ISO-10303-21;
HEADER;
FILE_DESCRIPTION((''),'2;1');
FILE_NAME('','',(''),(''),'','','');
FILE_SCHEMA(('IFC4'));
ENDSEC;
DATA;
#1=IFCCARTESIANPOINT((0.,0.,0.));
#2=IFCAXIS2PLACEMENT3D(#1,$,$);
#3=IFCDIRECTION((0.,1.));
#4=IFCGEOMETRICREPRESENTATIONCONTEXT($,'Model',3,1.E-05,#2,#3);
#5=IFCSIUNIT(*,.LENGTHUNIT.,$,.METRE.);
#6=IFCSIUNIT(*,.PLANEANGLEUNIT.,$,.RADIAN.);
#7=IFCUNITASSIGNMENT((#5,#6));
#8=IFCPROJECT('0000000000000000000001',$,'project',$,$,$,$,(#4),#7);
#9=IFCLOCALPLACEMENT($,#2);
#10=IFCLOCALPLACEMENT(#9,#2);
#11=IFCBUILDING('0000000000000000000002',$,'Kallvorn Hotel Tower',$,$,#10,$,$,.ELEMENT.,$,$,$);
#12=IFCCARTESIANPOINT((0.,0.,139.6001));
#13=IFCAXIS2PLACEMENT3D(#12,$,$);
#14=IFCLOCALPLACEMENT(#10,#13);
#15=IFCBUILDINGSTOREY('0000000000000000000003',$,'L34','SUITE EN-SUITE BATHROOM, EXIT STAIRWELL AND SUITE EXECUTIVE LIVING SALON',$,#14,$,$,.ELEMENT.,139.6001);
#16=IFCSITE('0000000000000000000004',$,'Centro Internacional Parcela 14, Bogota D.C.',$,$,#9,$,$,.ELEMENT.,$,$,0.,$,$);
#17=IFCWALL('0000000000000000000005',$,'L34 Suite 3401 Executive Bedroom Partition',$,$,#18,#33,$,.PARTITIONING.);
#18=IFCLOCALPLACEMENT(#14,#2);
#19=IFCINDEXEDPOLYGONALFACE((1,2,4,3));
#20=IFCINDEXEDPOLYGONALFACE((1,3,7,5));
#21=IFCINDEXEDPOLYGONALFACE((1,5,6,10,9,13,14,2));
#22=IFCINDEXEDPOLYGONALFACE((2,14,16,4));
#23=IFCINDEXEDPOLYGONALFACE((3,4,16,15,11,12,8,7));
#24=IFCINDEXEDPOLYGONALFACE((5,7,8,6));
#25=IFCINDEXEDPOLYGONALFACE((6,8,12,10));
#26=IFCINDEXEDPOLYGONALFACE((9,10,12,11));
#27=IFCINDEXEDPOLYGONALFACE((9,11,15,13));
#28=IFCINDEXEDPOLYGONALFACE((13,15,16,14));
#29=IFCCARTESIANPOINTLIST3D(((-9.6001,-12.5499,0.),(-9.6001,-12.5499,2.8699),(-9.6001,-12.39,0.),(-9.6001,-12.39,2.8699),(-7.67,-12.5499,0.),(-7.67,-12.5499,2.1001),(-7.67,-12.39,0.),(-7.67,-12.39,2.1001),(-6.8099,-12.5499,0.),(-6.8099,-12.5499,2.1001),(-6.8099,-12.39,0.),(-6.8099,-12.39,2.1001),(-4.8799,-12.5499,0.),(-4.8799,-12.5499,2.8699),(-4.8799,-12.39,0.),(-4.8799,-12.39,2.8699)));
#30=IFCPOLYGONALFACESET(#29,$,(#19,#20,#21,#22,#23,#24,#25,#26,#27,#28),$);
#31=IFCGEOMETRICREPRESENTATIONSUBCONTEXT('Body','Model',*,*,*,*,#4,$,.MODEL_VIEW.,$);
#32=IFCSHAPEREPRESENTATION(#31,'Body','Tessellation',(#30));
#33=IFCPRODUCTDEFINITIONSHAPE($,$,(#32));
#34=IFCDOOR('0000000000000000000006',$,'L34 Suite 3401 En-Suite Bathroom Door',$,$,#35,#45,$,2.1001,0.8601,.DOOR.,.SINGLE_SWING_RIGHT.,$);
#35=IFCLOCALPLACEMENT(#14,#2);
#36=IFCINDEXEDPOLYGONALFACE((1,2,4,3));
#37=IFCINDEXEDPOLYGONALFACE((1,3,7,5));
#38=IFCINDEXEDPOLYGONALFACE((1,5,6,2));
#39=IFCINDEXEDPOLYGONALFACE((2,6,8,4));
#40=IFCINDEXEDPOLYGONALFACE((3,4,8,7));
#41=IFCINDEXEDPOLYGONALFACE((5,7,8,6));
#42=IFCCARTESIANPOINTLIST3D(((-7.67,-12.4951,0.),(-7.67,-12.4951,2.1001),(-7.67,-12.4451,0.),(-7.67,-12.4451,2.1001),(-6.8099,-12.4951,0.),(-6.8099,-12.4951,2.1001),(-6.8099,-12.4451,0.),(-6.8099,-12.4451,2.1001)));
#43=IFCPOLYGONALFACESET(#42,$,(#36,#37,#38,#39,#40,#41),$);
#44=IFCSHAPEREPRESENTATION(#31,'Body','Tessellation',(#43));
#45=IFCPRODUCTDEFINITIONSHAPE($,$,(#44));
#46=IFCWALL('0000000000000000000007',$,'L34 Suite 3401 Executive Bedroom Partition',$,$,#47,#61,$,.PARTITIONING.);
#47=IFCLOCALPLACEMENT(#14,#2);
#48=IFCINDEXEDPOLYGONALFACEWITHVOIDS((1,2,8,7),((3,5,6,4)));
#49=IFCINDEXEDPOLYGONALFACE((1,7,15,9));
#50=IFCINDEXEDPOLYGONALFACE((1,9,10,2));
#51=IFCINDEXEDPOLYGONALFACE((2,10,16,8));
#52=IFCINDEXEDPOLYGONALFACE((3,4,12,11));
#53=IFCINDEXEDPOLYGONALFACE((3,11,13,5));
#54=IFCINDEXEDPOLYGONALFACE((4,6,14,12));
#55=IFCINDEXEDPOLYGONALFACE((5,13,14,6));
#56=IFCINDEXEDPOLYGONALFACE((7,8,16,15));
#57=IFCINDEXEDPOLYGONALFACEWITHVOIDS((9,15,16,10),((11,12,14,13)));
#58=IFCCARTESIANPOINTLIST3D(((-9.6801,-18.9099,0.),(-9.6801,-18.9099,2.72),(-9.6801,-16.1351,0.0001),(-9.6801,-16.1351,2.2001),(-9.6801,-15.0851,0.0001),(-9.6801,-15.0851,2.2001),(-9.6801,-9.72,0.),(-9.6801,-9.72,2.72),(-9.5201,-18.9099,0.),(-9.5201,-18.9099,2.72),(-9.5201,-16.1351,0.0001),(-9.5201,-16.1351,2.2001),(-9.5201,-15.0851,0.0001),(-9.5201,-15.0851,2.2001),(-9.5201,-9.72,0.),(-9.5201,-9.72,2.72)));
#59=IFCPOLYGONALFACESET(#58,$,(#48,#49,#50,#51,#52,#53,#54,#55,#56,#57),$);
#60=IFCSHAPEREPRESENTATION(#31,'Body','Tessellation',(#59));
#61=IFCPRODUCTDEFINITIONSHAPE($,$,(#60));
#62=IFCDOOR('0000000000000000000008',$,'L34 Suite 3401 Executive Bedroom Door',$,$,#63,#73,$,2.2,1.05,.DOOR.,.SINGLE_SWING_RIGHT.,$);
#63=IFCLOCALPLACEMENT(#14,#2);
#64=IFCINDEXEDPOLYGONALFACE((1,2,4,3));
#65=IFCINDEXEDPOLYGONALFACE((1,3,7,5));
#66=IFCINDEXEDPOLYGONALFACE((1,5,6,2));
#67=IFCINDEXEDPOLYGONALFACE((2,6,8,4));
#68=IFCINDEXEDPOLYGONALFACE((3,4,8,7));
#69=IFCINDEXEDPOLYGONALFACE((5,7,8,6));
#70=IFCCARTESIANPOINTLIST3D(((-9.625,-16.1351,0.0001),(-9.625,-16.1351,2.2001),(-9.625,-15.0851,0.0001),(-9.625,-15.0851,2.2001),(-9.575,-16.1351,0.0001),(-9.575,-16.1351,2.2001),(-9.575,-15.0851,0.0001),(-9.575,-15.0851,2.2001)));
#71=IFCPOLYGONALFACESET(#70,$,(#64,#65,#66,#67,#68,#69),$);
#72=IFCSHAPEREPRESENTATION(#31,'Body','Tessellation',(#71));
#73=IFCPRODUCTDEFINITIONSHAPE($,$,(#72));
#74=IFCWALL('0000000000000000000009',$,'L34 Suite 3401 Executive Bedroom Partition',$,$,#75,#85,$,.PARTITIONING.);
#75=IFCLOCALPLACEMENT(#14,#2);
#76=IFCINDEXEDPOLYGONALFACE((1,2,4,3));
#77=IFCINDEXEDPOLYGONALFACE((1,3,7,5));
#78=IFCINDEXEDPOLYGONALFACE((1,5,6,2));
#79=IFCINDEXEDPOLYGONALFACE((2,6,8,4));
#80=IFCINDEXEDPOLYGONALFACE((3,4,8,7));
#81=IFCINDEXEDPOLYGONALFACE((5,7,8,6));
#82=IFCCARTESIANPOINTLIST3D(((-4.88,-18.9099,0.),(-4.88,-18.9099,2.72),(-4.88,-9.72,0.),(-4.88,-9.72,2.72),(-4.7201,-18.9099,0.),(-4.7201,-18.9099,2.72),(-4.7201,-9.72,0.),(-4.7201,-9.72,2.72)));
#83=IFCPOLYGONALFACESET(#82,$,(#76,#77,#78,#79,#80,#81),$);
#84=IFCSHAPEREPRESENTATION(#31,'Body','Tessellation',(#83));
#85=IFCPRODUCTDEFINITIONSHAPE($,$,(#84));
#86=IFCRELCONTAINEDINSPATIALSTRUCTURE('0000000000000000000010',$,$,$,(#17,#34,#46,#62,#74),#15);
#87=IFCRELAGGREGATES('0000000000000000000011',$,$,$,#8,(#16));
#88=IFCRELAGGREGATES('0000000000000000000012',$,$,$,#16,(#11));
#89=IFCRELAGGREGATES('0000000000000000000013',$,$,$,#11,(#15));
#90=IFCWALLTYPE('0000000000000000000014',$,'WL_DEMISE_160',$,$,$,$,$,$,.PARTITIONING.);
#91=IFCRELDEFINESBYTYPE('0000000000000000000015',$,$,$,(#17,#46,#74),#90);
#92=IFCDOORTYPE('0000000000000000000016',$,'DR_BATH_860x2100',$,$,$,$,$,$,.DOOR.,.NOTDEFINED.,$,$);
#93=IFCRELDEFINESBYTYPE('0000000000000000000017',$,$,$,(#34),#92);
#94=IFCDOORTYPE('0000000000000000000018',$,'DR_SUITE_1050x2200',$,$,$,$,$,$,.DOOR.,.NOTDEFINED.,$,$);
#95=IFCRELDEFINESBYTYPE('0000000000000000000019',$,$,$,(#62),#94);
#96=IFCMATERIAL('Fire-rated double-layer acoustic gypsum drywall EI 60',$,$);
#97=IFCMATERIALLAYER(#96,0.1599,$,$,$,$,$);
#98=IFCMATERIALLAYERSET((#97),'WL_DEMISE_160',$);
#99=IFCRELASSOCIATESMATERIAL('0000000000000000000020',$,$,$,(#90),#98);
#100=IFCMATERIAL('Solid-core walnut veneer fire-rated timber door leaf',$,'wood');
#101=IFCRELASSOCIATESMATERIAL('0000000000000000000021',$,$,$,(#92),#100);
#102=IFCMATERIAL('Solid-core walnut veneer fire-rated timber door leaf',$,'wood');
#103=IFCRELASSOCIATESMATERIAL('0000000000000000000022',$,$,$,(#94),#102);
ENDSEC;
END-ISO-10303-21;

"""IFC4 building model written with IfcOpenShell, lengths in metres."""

from ifc_helpers import new_model, si_unit, direction, frame, frame_2d, origin, place, context, subcontext, project, spatial, rectangle, extrude, material, layer, layer_set, type_object, element, fill, save


model = new_model("IFC4")

# Units and contexts
model_context = context("Model", 3, precision=1e-05, world=origin(), true_north=direction((0.0, 1.0)))
body_context = subcontext(model_context, "Body", "Model", "MODEL_VIEW")
ifc_project = project(units=[si_unit("LENGTHUNIT", "METRE"), si_unit("PLANEANGLEUNIT", "RADIAN")], contexts=[model_context])

# Site, building, storey
site_placement = place(None, origin())
site = spatial("IfcSite", under=ifc_project, at=site_placement, Name="Centro Internacional Parcela 14, Bogota D.C.", CompositionType="ELEMENT", RefElevation=0.0)
building_placement = place(site_placement, origin())
building = spatial("IfcBuilding", under=site, at=building_placement, Name="Kallvorn Hotel Tower", CompositionType="ELEMENT")
storey_placement = place(building_placement, frame((0.0, 0.0, 139.6001)))
storey = spatial("IfcBuildingStorey", under=building, at=storey_placement, Name="L34", Description="SUITE EN-SUITE BATHROOM, EXIT STAIRWELL AND SUITE EXECUTIVE LIVING SALON", CompositionType="ELEMENT", Elevation=139.6001)

# Walls, openings, doors
ifc_material_1 = material(Name="Fire-rated double-layer acoustic gypsum drywall EI 60")
ifc_layer_1 = layer(ifc_material_1, 0.1599)
ifc_layer_set_1 = layer_set([ifc_layer_1], Name="WL_DEMISE_160")
wall_type = type_object("IfcWallType", Name="WL_DEMISE_160", PredefinedType="PARTITIONING", material=ifc_layer_set_1)
wall_1_placement = place(storey_placement, frame((-9.6001, -12.47, 0.0), z_axis=(0.0, 0.0, 1.0), x_axis=(1.0, 0.0, 0.0)))
wall_1 = element("IfcWall", 1, at=wall_1_placement, inside=storey, type_object=wall_type, Name="L34 Suite 3401 Executive Bedroom Partition", PredefinedType="PARTITIONING", context=body_context, shape_type="SweptSolid", body=[
    extrude(rectangle(XDim=4.7202, YDim=0.1599, at=frame_2d((2.3601, 0.0))), origin(), (0.0, 0.0, 1.0), 2.8699),
])
opening_1_placement = place(wall_1_placement, frame((1.9299, 0.0, 0.0)))
opening_1 = element("IfcOpeningElement", 2, at=opening_1_placement, cuts=wall_1, PredefinedType="OPENING", context=body_context, shape_type="SweptSolid", body=[
    extrude(rectangle(XDim=0.8601, YDim=2.1001, at=frame_2d((0.4302, 1.05))), frame((0.0, 0.095, 0.0), z_axis=(0.0, -1.0, 0.0), x_axis=(1.0, 0.0, 0.0)), (0.0, 0.0, 1.0), 0.1899),
])
ifc_material_2 = material(Name="Solid-core walnut veneer fire-rated timber door leaf", Category="wood")
door_type_1 = type_object("IfcDoorType", Name="DR_BATH_860x2100", OperationType="NOTDEFINED", PredefinedType="DOOR", material=ifc_material_2)
door_1_placement = place(opening_1_placement, origin())
door_1 = element("IfcDoor", 3, at=door_1_placement, inside=storey, type_object=door_type_1, Name="L34 Suite 3401 En-Suite Bathroom Door", OperationType="SINGLE_SWING_RIGHT", OverallHeight=2.1001, OverallWidth=0.8601, PredefinedType="DOOR", context=body_context, shape_type="SweptSolid", body=[
    extrude(rectangle(XDim=0.8601, YDim=2.1001, at=frame_2d((0.4302, 1.05))), frame((0.0, 0.0249, 0.0), z_axis=(0.0, -1.0, 0.0), x_axis=(1.0, 0.0, 0.0)), (0.0, 0.0, 1.0), 0.05),
])
fill(opening_1, door_1)
wall_2_placement = place(storey_placement, frame((-9.6001, -18.9099, 0.0), z_axis=(0.0, 0.0, 1.0), x_axis=(0.0, 1.0, 0.0)))
wall_2 = element("IfcWall", 4, at=wall_2_placement, inside=storey, type_object=wall_type, Name="L34 Suite 3401 Executive Bedroom Partition", PredefinedType="PARTITIONING", context=body_context, shape_type="SweptSolid", body=[
    extrude(rectangle(XDim=9.1899, YDim=0.1599, at=frame_2d((4.595, 0.0))), origin(), (0.0, 0.0, 1.0), 2.72),
])
opening_2_placement = place(wall_2_placement, frame((2.7749, 0.0, 0.0)))
opening_2 = element("IfcOpeningElement", 5, at=opening_2_placement, cuts=wall_2, PredefinedType="OPENING", context=body_context, shape_type="SweptSolid", body=[
    extrude(rectangle(XDim=1.05, YDim=2.2, at=frame_2d((0.5249, 1.1001))), frame((0.0, 0.095, 0.0), z_axis=(0.0, -1.0, 0.0), x_axis=(1.0, 0.0, 0.0)), (0.0, 0.0, 1.0), 0.1899),
])
ifc_material_3 = material(Name="Solid-core walnut veneer fire-rated timber door leaf", Category="wood")
door_type_2 = type_object("IfcDoorType", Name="DR_SUITE_1050x2200", OperationType="NOTDEFINED", PredefinedType="DOOR", material=ifc_material_3)
door_2_placement = place(opening_2_placement, origin())
door_2 = element("IfcDoor", 6, at=door_2_placement, inside=storey, type_object=door_type_2, Name="L34 Suite 3401 Executive Bedroom Door", OperationType="SINGLE_SWING_RIGHT", OverallHeight=2.2, OverallWidth=1.05, PredefinedType="DOOR", context=body_context, shape_type="SweptSolid", body=[
    extrude(rectangle(XDim=1.05, YDim=2.2, at=frame_2d((0.5249, 1.1001))), frame((0.0, 0.0249, 0.0), z_axis=(0.0, -1.0, 0.0), x_axis=(1.0, 0.0, 0.0)), (0.0, 0.0, 1.0), 0.05),
])
fill(opening_2, door_2)

# Wall
wall_3_placement = place(storey_placement, frame((-4.8, -18.9099, 0.0), z_axis=(0.0, 0.0, 1.0), x_axis=(0.0, 1.0, 0.0)))
element("IfcWall", 7, at=wall_3_placement, inside=storey, type_object=wall_type, Name="L34 Suite 3401 Executive Bedroom Partition", PredefinedType="PARTITIONING", context=body_context, shape_type="SweptSolid", body=[
    extrude(rectangle(XDim=9.1899, YDim=0.1599, at=frame_2d((4.595, 0.0))), origin(), (0.0, 0.0, 1.0), 2.72),
])

save(model, "model.ifc")
